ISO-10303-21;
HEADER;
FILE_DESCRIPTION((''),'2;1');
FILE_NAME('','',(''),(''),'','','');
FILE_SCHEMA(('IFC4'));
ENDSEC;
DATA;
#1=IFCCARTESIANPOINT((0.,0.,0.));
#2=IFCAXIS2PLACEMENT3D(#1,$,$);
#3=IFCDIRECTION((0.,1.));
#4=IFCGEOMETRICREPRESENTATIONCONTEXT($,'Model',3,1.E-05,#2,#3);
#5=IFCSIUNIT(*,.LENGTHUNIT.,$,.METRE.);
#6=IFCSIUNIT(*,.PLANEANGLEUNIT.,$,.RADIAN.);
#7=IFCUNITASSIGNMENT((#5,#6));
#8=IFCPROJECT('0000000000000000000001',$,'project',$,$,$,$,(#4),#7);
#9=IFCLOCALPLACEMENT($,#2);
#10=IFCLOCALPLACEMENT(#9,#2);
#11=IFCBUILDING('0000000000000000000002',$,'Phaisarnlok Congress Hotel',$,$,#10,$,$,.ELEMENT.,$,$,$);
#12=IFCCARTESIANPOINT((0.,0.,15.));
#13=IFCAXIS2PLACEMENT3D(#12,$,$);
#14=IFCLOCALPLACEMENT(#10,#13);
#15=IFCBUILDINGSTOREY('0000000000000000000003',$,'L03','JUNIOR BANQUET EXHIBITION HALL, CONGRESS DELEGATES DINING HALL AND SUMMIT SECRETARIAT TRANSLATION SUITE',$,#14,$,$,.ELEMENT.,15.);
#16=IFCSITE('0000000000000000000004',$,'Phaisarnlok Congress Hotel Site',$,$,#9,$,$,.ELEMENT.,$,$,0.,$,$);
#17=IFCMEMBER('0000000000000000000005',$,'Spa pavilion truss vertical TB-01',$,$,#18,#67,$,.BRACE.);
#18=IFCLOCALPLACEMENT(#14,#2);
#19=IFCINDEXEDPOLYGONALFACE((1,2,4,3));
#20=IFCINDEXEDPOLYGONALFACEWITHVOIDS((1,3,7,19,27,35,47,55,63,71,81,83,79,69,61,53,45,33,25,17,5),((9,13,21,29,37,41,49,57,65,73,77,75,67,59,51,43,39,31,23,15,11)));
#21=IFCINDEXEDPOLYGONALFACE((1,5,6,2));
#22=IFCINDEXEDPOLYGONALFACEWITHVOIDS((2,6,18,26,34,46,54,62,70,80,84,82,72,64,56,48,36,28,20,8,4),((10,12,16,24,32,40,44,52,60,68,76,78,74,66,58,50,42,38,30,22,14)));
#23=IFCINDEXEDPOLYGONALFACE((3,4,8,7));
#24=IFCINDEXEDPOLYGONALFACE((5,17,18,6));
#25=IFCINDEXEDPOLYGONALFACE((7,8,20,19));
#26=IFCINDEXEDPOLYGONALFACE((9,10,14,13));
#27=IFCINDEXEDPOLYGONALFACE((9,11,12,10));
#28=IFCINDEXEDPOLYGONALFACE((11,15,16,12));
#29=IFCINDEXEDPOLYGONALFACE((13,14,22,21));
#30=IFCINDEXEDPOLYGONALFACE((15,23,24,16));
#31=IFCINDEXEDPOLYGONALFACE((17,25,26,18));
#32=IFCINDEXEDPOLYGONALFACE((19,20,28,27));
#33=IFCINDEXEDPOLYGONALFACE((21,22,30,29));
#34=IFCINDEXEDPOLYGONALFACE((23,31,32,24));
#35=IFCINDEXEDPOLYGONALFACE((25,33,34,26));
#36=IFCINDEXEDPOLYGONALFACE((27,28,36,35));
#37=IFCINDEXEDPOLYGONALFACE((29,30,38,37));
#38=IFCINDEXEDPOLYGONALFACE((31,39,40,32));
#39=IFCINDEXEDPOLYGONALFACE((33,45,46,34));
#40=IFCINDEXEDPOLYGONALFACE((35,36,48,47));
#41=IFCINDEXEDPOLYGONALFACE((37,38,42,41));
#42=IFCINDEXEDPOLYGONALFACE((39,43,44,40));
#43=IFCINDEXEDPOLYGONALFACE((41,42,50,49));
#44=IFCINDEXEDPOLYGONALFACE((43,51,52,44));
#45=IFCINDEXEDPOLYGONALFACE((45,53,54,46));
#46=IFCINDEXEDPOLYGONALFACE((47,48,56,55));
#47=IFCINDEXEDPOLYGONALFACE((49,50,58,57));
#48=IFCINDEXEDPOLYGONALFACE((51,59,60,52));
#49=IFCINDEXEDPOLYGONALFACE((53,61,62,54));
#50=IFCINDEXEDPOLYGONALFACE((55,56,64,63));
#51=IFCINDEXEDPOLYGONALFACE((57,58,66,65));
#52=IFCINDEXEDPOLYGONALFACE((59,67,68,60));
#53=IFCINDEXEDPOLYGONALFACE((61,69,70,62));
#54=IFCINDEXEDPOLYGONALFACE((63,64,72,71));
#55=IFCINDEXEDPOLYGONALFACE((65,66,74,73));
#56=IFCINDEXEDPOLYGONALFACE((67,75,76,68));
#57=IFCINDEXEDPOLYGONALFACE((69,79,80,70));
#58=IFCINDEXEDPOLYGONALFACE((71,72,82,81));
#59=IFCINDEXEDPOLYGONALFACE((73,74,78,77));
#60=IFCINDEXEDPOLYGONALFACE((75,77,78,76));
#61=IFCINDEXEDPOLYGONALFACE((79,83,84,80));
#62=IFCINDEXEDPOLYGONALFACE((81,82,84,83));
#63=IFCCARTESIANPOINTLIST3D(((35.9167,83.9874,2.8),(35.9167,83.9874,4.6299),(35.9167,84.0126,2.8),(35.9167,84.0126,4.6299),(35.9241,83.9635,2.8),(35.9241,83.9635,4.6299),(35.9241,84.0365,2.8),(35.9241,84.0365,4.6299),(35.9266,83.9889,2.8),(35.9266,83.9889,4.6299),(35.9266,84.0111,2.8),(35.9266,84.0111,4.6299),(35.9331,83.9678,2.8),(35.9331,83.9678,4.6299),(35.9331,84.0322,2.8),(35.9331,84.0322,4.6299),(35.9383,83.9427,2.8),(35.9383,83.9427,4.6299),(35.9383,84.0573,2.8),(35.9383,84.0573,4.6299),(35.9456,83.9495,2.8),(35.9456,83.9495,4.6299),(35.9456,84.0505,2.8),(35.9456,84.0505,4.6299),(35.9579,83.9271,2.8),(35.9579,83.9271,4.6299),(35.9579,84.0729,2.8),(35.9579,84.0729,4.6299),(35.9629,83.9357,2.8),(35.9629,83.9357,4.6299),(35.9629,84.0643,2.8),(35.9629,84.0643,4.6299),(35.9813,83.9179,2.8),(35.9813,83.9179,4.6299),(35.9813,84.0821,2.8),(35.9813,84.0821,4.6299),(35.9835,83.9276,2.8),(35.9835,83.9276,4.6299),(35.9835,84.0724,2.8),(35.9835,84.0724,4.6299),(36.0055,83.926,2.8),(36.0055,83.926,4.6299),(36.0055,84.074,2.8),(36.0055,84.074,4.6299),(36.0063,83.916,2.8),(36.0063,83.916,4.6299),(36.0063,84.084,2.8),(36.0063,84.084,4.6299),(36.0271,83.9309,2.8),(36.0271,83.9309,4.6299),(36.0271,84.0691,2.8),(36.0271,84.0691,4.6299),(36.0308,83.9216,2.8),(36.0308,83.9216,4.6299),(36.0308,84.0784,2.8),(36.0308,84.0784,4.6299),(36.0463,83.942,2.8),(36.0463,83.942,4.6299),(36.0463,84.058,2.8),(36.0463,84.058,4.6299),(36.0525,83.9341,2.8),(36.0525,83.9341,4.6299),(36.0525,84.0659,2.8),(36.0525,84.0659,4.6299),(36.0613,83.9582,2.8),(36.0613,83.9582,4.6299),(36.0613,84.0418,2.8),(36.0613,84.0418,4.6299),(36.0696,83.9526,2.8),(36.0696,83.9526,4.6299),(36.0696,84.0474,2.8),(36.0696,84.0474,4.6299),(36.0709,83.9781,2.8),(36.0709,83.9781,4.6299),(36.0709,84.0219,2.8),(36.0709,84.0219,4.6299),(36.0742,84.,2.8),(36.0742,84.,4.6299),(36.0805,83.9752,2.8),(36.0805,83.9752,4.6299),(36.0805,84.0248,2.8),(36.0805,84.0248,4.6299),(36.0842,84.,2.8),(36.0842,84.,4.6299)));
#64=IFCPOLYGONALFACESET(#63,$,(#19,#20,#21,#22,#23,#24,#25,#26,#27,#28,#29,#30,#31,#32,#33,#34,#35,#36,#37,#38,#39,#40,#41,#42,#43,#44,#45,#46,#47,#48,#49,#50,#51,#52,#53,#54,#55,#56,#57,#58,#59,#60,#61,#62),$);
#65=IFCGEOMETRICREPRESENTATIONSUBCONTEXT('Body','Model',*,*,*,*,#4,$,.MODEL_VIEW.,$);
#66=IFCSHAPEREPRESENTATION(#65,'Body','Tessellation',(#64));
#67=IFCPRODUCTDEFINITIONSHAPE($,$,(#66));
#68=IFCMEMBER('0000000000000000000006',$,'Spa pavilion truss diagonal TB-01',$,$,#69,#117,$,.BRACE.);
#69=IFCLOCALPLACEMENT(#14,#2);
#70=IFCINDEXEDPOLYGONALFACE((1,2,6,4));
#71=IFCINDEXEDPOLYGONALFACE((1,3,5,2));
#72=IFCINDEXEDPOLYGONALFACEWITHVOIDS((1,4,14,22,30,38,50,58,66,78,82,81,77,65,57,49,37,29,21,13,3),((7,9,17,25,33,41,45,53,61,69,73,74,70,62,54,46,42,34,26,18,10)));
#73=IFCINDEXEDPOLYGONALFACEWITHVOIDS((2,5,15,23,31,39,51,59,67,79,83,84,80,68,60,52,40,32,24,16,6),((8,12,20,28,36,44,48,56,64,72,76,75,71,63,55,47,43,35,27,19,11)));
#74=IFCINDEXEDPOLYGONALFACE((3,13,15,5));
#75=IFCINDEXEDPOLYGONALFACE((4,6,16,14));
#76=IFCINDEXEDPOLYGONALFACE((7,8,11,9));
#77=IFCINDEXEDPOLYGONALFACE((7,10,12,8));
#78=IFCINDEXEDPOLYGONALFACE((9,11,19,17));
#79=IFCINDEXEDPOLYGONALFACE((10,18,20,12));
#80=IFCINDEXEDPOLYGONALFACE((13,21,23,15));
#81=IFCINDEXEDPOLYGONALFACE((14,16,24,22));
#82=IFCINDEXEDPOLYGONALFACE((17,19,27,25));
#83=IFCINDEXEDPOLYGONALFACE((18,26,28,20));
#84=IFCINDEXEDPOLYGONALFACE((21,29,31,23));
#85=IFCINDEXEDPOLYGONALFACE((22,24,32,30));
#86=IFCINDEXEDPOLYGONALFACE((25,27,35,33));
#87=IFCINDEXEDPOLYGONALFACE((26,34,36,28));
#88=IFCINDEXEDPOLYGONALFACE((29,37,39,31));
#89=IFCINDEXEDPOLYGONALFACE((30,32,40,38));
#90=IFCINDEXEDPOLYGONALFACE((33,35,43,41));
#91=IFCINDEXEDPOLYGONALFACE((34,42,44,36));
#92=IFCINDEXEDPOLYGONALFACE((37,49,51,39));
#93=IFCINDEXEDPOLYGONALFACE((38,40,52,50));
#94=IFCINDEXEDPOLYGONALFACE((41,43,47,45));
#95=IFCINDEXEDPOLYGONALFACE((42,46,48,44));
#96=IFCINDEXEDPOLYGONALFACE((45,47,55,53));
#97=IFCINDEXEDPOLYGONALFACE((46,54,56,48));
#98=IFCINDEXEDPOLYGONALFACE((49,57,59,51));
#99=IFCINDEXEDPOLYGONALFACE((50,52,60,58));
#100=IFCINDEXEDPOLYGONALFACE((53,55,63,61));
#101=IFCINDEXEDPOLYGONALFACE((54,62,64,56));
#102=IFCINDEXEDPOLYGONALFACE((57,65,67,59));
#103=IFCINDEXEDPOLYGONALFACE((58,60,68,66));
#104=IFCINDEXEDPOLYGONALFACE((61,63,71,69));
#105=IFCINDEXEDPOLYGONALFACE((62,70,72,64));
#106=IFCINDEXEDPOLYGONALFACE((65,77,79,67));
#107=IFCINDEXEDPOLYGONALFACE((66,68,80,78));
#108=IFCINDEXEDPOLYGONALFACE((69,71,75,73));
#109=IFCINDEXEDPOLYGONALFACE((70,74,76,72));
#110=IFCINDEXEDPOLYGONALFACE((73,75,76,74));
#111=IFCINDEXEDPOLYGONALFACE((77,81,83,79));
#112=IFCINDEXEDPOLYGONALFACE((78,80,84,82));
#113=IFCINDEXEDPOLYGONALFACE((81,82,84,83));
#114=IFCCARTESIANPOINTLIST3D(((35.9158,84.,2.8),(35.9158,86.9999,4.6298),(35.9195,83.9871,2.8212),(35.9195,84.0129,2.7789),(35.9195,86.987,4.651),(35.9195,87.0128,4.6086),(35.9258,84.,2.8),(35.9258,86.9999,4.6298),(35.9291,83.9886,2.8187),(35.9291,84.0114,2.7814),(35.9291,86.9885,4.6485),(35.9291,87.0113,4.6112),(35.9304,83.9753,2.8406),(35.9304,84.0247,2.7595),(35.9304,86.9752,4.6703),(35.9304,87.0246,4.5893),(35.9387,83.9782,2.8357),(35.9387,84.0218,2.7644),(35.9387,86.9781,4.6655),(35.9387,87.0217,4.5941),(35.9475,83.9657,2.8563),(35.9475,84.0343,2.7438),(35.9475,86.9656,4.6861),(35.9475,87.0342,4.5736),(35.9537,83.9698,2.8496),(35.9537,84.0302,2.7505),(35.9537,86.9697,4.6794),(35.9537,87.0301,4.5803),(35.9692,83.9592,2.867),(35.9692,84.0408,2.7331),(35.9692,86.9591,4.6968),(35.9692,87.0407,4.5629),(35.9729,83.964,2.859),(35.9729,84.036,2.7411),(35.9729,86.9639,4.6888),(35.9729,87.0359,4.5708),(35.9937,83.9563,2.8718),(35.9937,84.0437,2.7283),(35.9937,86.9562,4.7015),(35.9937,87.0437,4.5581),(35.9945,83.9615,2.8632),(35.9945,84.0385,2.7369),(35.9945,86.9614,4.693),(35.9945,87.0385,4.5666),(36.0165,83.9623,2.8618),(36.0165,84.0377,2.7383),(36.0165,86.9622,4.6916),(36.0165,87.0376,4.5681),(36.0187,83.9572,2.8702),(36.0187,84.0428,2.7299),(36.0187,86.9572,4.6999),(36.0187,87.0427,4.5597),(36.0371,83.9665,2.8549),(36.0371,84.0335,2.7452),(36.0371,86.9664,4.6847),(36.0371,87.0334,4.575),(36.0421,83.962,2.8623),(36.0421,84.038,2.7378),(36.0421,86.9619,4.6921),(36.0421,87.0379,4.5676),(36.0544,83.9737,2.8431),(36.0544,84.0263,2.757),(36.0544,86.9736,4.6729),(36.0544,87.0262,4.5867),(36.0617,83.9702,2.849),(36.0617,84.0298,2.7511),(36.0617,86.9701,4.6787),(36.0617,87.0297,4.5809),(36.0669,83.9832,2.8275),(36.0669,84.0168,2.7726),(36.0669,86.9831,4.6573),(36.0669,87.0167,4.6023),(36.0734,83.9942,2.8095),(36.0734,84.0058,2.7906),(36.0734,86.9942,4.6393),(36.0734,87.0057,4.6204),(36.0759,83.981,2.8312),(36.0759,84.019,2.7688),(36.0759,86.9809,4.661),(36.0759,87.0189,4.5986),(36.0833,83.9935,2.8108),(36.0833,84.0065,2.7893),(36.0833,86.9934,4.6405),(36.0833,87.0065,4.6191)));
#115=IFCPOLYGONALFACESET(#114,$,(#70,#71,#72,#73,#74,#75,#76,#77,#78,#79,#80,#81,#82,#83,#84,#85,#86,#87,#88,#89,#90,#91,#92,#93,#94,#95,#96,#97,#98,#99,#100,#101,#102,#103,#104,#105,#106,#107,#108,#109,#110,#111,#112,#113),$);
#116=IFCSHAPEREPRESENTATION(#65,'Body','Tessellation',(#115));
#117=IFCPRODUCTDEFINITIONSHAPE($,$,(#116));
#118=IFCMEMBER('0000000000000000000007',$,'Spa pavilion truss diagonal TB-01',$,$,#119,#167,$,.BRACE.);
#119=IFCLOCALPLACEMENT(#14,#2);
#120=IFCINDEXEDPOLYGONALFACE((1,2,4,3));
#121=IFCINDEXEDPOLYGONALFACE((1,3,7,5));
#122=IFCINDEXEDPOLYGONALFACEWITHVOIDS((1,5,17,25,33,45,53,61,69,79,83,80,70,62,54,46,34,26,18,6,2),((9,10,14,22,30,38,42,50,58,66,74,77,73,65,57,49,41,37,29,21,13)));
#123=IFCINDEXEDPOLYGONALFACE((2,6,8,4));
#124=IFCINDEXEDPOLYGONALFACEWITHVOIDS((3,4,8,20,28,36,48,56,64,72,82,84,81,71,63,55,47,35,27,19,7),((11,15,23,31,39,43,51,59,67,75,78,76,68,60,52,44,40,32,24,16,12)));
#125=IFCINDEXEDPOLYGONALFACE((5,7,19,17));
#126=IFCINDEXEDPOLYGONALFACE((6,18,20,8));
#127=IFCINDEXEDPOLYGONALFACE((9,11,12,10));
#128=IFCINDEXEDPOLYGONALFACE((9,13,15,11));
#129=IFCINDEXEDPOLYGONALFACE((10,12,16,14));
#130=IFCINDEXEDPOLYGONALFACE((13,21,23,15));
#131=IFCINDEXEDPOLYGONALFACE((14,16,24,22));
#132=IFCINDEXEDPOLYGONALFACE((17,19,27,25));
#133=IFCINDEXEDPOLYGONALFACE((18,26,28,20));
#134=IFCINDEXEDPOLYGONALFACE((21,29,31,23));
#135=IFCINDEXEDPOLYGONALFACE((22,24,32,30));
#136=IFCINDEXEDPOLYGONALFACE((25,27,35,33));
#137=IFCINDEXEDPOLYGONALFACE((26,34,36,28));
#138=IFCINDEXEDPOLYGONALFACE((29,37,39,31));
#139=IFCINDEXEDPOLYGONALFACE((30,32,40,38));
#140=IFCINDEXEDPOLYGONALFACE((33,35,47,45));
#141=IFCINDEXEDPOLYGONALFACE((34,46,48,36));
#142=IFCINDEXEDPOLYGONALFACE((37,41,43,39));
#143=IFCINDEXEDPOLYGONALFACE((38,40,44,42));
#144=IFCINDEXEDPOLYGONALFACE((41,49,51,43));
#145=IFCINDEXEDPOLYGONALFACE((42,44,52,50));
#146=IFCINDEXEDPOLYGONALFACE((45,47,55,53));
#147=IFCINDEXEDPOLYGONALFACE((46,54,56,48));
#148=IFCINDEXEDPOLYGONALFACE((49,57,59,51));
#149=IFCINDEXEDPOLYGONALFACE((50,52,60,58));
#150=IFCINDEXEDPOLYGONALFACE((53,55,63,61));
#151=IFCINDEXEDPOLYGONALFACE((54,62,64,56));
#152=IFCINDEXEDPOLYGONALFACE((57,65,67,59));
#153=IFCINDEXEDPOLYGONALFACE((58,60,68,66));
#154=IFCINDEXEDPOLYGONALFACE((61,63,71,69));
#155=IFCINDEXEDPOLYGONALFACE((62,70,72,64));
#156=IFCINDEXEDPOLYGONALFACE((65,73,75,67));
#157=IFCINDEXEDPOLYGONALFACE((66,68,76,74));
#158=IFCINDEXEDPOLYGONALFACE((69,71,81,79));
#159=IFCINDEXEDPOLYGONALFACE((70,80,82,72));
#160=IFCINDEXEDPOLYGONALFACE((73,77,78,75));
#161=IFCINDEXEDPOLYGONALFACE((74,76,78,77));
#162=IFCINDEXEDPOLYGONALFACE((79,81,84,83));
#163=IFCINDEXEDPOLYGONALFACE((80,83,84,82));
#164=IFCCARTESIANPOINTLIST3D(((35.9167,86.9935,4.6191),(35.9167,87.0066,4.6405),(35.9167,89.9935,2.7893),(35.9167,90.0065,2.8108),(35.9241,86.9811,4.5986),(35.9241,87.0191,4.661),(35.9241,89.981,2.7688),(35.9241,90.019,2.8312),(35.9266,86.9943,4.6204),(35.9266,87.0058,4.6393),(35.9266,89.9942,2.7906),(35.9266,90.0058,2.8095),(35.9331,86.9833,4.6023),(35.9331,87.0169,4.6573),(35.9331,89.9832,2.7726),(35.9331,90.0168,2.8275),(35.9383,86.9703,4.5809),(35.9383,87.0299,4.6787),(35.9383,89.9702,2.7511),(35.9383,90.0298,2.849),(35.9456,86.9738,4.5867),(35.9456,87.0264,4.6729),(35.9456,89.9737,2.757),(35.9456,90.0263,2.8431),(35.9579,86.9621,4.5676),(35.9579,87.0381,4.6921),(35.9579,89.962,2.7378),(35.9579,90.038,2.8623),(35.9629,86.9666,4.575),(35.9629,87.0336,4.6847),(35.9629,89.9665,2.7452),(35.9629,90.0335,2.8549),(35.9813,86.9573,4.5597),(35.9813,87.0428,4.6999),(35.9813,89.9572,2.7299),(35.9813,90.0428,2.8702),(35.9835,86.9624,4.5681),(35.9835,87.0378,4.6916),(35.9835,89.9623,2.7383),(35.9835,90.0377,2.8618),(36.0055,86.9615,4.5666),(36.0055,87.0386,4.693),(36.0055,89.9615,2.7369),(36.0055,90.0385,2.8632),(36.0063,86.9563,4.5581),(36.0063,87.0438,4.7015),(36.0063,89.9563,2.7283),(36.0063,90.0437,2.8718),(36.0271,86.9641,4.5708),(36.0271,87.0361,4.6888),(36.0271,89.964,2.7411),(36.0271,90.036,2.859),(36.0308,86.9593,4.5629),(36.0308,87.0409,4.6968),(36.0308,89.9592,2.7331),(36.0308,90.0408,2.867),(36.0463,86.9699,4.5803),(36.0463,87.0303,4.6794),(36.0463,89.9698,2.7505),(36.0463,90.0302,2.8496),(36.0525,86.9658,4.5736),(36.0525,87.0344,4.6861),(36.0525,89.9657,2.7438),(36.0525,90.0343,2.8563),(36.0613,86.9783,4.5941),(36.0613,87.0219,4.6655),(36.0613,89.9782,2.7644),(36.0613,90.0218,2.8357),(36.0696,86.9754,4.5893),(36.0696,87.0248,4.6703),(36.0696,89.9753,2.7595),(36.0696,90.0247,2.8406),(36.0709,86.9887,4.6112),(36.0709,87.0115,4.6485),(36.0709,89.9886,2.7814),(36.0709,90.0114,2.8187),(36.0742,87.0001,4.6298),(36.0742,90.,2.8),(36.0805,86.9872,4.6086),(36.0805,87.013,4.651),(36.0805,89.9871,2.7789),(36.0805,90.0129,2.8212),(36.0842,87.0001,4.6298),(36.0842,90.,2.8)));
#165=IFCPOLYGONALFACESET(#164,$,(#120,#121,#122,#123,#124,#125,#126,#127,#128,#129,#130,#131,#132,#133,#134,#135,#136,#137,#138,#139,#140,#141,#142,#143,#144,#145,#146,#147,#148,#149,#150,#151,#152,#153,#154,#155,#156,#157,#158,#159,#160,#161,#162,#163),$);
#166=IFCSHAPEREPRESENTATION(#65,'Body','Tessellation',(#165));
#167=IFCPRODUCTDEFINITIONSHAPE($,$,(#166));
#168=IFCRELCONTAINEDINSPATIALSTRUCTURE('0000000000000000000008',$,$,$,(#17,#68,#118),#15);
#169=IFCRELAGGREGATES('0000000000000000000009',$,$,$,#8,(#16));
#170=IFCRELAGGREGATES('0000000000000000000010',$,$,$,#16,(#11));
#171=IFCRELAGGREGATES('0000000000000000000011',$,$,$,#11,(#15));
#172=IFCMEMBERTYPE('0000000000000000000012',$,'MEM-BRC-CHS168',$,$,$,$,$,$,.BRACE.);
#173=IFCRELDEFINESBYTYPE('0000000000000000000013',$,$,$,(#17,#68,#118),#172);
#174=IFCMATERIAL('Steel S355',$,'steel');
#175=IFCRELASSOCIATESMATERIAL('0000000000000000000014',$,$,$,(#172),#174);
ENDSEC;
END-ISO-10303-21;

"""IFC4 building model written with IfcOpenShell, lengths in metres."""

from ifc_helpers import new_model, si_unit, direction, frame, origin, origin_2d, place, context, subcontext, project, spatial, hollow_circle, extrude, material, material_profile, profile_set, type_object, element, save


model = new_model("IFC4")

# Units and contexts
model_context = context("Model", 3, precision=1e-05, world=origin(), true_north=direction((0.0, 1.0)))
body_context = subcontext(model_context, "Body", "Model", "MODEL_VIEW")
ifc_project = project(units=[si_unit("LENGTHUNIT", "METRE"), si_unit("PLANEANGLEUNIT", "RADIAN")], contexts=[model_context])

# Site, building, storey
site_placement = place(None, origin())
site = spatial("IfcSite", under=ifc_project, at=site_placement, Name="Phaisarnlok Congress Hotel Site", CompositionType="ELEMENT", RefElevation=0.0)
building_placement = place(site_placement, origin())
building = spatial("IfcBuilding", under=site, at=building_placement, Name="Phaisarnlok Congress Hotel", CompositionType="ELEMENT")
storey_placement = place(building_placement, frame((0.0, 0.0, 15.0)))
storey = spatial("IfcBuildingStorey", under=building, at=storey_placement, Name="L03", Description="JUNIOR BANQUET EXHIBITION HALL, CONGRESS DELEGATES DINING HALL AND SUMMIT SECRETARIAT TRANSLATION SUITE", CompositionType="ELEMENT", Elevation=15.0)

# Members
ifc_material_1 = material(Name="Steel S355", Category="steel")
ifc_material_profile_1 = material_profile(ifc_material_1, hollow_circle(Radius=0.0842, WallThickness=0.01, at=origin_2d()), Name="CHS 168.3x10")
ifc_profile_set_1 = profile_set([ifc_material_profile_1], Name="Steel S355")
member_type_1 = type_object("IfcMemberType", Name="MEM-BRC-CHS168", PredefinedType="BRACE", material=ifc_profile_set_1)
member_1_placement = place(storey_placement, frame((36.0, 84.0, 2.8), z_axis=(0.0, 0.0, 1.0), x_axis=(1.0, 0.0, 0.0)))
element("IfcMember", 1, at=member_1_placement, inside=storey, type_object=member_type_1, Name="Spa pavilion truss vertical TB-01", PredefinedType="BRACE", context=body_context, shape_type="SweptSolid", body=[
    extrude(hollow_circle(Radius=0.0842, WallThickness=0.01, at=origin_2d()), origin(), (0.0, 0.0, 1.0), 1.8298),
])
for number, where, z_axis, x_axis, name in (
    (2, (36.0, 84.0, 2.8), (0.0, 0.853725, 0.520725), (-1.0, 0.0, 0.0), "Spa pavilion truss diagonal TB-01"),
    (3, (36.0, 90.0, 2.8), (0.0, -0.853725, 0.520725), (1.0, 0.0, 0.0), "Spa pavilion truss diagonal TB-01"),
):
    element("IfcMember", number, at=place(storey_placement, frame(where, z_axis=z_axis, x_axis=x_axis)), inside=storey, type_object=member_type_1, Name=name, PredefinedType="BRACE", context=body_context, shape_type="SweptSolid", body=[
        extrude(hollow_circle(Radius=0.0842, WallThickness=0.01, at=origin_2d()), origin(), (0.0, 0.0, 1.0), 3.5139),
    ])

save(model, "model.ifc")
